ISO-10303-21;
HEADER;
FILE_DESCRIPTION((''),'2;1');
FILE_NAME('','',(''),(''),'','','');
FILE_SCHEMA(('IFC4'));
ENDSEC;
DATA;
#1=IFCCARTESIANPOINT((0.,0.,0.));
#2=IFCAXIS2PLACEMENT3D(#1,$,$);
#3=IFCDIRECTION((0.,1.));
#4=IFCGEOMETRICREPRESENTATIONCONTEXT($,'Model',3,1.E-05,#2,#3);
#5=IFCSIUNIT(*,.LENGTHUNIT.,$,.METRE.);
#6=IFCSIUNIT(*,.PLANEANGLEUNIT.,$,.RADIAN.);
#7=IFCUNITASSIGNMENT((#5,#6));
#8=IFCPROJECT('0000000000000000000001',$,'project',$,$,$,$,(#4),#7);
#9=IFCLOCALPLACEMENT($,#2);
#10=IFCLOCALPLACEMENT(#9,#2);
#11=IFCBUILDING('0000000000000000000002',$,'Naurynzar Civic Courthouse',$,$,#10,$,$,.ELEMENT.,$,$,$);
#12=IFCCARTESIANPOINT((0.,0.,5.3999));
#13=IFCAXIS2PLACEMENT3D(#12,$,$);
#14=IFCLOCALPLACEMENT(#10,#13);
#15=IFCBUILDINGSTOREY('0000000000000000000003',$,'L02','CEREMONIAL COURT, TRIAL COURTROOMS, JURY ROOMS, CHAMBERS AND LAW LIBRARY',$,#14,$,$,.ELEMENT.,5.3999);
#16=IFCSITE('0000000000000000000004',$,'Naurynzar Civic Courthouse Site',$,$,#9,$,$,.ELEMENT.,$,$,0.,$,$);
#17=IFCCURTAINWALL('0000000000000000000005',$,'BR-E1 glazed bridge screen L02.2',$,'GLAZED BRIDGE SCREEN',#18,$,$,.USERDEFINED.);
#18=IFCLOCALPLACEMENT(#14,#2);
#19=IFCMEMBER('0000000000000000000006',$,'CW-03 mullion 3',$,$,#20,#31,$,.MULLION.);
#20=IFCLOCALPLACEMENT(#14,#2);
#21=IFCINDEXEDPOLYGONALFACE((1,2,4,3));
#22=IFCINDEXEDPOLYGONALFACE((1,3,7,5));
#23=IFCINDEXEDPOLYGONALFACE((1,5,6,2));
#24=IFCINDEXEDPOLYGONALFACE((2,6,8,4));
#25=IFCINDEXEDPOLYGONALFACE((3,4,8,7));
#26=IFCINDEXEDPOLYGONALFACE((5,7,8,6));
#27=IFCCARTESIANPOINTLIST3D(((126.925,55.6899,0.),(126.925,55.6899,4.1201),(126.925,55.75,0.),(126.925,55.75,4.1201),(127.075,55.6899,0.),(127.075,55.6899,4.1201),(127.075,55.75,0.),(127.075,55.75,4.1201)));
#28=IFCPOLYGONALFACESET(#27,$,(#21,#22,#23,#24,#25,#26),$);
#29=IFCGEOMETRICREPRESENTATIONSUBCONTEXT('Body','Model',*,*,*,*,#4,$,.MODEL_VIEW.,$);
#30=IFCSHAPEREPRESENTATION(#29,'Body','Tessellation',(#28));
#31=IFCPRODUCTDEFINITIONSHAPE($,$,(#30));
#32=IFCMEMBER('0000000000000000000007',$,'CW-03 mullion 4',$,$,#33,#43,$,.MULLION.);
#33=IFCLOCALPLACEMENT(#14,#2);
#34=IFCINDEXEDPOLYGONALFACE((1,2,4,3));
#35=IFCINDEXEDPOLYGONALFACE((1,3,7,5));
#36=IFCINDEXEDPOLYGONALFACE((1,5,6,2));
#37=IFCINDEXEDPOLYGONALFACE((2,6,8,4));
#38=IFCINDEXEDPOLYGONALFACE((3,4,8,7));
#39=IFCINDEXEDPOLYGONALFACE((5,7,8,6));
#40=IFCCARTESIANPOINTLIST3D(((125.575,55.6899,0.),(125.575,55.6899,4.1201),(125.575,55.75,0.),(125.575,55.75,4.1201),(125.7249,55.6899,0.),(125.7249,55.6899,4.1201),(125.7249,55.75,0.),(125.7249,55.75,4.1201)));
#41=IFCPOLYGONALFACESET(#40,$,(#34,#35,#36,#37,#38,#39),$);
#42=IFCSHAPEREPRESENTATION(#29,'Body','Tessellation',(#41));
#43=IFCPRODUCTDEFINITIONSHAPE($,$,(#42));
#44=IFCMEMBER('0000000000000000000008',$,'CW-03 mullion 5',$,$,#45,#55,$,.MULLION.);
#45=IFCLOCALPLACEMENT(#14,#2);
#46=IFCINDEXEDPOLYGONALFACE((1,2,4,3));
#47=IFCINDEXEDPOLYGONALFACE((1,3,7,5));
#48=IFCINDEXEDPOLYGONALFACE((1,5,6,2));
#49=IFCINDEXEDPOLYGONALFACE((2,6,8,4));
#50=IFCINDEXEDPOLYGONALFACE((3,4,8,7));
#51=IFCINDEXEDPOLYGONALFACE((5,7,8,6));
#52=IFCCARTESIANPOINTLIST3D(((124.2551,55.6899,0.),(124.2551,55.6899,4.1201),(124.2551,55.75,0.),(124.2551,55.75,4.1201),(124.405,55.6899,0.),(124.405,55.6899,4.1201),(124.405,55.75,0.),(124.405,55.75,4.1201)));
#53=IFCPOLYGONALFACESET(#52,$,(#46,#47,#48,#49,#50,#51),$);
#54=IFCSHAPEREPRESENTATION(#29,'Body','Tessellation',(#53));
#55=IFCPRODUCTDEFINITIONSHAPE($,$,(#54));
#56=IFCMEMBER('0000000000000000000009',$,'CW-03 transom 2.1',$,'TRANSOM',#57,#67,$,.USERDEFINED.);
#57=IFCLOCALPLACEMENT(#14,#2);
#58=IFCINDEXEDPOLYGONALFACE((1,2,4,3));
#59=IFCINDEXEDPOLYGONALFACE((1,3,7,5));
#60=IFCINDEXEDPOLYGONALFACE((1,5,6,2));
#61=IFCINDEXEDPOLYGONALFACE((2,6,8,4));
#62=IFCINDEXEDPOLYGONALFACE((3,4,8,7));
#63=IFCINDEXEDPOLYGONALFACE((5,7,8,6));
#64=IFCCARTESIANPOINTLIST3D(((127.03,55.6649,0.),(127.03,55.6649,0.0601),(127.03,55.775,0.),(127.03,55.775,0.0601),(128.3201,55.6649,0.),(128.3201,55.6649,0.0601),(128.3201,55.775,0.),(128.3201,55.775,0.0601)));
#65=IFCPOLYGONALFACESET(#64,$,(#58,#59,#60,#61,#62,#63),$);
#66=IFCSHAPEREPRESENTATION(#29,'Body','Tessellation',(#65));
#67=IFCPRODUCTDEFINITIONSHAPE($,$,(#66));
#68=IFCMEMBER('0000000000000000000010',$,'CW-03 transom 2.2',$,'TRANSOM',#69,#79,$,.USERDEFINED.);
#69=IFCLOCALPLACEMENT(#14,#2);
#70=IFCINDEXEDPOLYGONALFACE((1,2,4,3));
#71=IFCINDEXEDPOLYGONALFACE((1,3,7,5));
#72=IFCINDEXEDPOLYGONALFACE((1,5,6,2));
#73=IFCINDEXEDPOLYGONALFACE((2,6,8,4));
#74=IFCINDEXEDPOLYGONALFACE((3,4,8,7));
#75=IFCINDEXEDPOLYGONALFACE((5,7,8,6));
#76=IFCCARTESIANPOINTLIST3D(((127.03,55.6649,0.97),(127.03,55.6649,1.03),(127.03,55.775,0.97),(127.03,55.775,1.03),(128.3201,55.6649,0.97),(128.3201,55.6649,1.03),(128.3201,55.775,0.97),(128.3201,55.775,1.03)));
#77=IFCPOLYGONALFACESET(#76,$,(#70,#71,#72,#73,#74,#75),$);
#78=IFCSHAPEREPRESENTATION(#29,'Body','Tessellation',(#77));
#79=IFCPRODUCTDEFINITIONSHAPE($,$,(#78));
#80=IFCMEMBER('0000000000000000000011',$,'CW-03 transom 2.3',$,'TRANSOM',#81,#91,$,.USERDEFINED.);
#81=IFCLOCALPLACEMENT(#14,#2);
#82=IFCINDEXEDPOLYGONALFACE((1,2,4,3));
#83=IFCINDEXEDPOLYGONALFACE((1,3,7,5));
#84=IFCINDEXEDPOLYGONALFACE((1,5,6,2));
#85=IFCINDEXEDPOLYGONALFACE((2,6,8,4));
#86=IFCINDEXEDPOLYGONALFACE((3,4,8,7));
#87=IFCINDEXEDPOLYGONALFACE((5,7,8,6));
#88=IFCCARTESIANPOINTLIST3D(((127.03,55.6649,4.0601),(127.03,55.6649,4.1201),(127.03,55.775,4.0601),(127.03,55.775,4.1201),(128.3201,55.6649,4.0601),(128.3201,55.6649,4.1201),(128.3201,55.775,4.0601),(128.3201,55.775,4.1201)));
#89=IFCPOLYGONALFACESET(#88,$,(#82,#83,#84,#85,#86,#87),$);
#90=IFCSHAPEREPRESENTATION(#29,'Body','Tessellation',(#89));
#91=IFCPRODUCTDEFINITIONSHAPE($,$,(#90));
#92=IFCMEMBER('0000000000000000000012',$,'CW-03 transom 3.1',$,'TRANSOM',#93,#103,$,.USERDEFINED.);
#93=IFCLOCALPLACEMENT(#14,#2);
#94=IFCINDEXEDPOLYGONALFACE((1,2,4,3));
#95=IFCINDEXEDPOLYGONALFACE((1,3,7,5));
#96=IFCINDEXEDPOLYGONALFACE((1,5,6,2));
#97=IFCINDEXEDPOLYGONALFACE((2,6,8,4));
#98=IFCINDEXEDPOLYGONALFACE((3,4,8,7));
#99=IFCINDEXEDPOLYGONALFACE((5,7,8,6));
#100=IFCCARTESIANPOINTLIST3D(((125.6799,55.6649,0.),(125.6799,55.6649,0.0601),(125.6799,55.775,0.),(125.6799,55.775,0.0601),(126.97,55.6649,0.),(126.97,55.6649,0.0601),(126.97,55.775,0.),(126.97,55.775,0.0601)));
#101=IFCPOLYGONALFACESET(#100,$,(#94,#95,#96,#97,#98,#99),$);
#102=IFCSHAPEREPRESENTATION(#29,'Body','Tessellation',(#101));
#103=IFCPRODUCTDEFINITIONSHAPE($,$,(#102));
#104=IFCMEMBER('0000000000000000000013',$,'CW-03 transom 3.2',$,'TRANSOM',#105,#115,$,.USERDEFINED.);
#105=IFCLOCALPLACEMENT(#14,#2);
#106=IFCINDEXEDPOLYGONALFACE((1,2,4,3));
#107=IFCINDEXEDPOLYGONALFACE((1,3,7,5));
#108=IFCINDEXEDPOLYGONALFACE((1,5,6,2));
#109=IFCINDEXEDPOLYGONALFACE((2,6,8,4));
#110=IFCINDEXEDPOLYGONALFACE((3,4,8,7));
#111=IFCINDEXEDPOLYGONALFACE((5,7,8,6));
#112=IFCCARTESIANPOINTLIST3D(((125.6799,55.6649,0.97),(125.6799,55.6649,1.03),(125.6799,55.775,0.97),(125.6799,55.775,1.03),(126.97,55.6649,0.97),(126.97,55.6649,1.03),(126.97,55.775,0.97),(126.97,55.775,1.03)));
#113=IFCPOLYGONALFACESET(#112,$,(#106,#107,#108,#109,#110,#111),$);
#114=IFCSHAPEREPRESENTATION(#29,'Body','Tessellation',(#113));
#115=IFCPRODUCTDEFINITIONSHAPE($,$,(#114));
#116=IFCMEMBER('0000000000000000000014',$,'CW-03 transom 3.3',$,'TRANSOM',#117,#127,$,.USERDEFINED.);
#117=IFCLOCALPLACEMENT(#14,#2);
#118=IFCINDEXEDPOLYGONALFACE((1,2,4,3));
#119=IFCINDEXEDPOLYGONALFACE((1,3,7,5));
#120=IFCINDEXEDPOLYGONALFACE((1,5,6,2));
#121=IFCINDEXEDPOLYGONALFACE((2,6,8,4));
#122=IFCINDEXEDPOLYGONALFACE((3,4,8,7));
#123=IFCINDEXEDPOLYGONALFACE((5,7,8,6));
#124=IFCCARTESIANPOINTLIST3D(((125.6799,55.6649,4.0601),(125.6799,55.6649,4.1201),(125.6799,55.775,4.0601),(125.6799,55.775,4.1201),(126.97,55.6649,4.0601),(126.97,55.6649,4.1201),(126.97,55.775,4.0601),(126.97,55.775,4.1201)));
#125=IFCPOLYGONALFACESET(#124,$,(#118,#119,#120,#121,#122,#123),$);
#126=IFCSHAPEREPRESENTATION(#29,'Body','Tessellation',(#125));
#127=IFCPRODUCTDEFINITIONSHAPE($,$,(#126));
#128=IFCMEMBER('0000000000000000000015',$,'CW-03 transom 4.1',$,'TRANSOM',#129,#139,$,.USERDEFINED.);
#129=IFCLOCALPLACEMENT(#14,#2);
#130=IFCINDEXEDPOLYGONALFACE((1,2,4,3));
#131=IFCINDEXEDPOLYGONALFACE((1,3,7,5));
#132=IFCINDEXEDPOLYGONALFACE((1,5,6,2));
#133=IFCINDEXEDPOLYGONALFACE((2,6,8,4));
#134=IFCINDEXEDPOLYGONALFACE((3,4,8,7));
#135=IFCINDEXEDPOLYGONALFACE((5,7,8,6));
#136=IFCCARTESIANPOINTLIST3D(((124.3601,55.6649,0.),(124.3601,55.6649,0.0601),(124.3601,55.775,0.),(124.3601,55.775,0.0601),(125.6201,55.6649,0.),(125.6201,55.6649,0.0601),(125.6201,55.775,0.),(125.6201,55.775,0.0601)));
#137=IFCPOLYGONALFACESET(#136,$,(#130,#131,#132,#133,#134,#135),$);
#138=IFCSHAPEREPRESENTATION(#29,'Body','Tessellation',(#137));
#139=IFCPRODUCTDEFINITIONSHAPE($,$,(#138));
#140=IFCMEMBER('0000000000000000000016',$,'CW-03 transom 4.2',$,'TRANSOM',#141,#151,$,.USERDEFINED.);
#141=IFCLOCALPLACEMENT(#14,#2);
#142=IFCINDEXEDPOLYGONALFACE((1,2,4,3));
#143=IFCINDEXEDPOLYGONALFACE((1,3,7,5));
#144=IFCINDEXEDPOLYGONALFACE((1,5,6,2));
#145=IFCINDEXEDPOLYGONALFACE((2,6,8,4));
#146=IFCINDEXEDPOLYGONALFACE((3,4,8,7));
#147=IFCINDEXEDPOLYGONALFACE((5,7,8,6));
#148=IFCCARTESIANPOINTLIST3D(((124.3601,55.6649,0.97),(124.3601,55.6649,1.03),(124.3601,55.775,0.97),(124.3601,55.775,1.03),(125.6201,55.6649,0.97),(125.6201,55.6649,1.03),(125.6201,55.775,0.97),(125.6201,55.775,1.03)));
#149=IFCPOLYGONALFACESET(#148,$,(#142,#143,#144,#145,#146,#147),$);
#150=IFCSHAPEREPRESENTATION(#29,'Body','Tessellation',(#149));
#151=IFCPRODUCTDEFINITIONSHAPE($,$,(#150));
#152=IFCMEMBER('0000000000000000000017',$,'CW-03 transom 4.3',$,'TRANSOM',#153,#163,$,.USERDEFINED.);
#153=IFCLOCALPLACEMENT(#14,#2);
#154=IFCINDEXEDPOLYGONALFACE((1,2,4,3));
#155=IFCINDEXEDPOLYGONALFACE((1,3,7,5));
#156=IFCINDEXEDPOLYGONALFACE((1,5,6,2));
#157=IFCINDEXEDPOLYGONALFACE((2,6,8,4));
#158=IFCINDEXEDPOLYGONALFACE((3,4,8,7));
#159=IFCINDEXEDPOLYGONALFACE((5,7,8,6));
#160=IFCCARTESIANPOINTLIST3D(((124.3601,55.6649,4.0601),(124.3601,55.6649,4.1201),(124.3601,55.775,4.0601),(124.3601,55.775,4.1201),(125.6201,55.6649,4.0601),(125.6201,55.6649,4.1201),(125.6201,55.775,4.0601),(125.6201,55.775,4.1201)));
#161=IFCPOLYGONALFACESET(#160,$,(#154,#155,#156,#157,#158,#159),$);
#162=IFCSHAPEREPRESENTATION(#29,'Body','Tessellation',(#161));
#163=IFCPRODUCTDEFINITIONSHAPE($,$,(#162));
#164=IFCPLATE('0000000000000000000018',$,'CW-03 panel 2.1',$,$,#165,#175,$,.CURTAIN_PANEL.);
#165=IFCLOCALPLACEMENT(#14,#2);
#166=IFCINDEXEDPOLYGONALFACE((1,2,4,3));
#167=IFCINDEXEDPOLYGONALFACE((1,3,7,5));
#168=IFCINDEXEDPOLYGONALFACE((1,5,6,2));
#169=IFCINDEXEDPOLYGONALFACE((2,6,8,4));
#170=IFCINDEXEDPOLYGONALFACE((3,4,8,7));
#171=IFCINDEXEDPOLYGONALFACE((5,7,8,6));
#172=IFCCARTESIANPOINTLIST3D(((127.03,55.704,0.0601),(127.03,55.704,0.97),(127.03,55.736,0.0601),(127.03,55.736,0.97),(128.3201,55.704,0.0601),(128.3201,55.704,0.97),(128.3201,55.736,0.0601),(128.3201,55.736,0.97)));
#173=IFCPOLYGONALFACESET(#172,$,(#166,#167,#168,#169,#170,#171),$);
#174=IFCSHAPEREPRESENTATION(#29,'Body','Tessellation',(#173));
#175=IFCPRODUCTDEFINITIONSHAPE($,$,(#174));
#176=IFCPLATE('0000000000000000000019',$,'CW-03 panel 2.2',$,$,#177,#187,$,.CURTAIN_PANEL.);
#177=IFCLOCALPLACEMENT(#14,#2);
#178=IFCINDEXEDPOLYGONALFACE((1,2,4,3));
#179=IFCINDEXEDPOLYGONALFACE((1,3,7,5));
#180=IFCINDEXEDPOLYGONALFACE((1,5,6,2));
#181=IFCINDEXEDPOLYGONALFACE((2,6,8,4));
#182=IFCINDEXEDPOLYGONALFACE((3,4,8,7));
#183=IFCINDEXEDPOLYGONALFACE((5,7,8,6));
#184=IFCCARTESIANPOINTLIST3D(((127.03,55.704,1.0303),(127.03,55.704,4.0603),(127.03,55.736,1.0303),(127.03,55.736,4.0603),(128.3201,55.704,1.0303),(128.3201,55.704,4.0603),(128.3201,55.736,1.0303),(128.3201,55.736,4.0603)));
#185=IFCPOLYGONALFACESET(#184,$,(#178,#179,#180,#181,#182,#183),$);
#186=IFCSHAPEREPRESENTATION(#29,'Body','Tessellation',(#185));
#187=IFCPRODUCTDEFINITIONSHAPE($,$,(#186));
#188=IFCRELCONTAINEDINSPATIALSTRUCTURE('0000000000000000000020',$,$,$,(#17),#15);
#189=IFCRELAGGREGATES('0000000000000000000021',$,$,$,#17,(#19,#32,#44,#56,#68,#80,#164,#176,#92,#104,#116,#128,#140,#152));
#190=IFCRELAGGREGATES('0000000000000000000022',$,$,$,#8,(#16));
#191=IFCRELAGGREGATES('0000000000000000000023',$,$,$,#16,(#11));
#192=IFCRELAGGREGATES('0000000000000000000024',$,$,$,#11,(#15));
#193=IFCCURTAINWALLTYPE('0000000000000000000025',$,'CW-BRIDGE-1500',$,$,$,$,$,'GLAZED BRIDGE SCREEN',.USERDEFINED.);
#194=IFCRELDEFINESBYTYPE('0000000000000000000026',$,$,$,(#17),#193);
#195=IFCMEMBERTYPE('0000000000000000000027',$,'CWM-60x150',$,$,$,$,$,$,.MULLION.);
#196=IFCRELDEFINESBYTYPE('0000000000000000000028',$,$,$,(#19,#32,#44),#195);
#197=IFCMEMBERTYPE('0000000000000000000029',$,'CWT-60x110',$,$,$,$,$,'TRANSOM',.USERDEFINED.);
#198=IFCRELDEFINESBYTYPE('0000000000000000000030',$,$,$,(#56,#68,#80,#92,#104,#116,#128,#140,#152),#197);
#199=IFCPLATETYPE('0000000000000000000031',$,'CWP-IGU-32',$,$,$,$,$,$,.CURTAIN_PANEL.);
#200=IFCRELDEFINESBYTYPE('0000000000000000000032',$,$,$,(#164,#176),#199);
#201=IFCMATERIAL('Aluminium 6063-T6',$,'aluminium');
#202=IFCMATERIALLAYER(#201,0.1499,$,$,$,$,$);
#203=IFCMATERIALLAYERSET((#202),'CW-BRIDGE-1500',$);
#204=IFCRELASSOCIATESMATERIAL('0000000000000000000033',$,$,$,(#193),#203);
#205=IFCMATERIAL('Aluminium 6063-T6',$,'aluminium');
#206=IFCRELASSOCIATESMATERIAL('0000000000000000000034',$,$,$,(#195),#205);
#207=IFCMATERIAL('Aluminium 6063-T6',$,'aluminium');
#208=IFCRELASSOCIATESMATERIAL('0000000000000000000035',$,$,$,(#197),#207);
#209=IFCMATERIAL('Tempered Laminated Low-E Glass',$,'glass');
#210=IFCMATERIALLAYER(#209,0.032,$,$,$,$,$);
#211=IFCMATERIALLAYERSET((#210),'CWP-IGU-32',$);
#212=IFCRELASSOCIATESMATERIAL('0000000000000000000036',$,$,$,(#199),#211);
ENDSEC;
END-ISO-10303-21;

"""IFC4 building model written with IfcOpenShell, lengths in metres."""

from ifc_helpers import new_model, si_unit, direction, frame, origin, origin_2d, place, context, subcontext, project, spatial, rectangle, extrude, material, layer, layer_set, material_profile, profile_set, type_object, element, aggregate, save


model = new_model("IFC4")

# Units and contexts
model_context = context("Model", 3, precision=1e-05, world=origin(), true_north=direction((0.0, 1.0)))
body_context = subcontext(model_context, "Body", "Model", "MODEL_VIEW")
ifc_project = project(units=[si_unit("LENGTHUNIT", "METRE"), si_unit("PLANEANGLEUNIT", "RADIAN")], contexts=[model_context])

# Site, building, storey
site_placement = place(None, origin())
site = spatial("IfcSite", under=ifc_project, at=site_placement, Name="Naurynzar Civic Courthouse Site", CompositionType="ELEMENT", RefElevation=0.0)
building_placement = place(site_placement, origin())
building = spatial("IfcBuilding", under=site, at=building_placement, Name="Naurynzar Civic Courthouse", CompositionType="ELEMENT")
storey_placement = place(building_placement, frame((0.0, 0.0, 5.3999)))
storey = spatial("IfcBuildingStorey", under=building, at=storey_placement, Name="L02", Description="CEREMONIAL COURT, TRIAL COURTROOMS, JURY ROOMS, CHAMBERS AND LAW LIBRARY", CompositionType="ELEMENT", Elevation=5.3999)

# Curtain wall, members, plates
ifc_material_1 = material(Name="Aluminium 6063-T6", Category="aluminium")
ifc_layer_1 = layer(ifc_material_1, 0.1499)
ifc_layer_set_1 = layer_set([ifc_layer_1], Name="CW-BRIDGE-1500")
curtain_wall_type = type_object("IfcCurtainWallType", Name="CW-BRIDGE-1500", ElementType="GLAZED BRIDGE SCREEN", PredefinedType="USERDEFINED", material=ifc_layer_set_1)
curtain_wall_placement = place(storey_placement, origin())
curtain_wall = element("IfcCurtainWall", 1, at=curtain_wall_placement, inside=storey, type_object=curtain_wall_type, Name="BR-E1 glazed bridge screen L02.2", ObjectType="GLAZED BRIDGE SCREEN", PredefinedType="USERDEFINED")
ifc_material_2 = material(Name="Aluminium 6063-T6", Category="aluminium")
ifc_material_profile_1 = material_profile(ifc_material_2, rectangle(XDim=0.0601, YDim=0.1499, at=origin_2d()), Name="ALU MULLION 60x150")
ifc_profile_set_1 = profile_set([ifc_material_profile_1], Name="Aluminium 6063-T6")
member_type_1 = type_object("IfcMemberType", Name="CWM-60x150", PredefinedType="MULLION", material=ifc_profile_set_1)
member_1_placement = place(storey_placement, frame((127.0, 55.72, 0.0), z_axis=(0.0, 0.0, 1.0), x_axis=(0.0, -1.0, 0.0)))
member_1 = element("IfcMember", 2, at=member_1_placement, type_object=member_type_1, Name="CW-03 mullion 3", PredefinedType="MULLION", context=body_context, shape_type="SweptSolid", body=[
    extrude(rectangle(XDim=0.0601, YDim=0.1499, at=origin_2d()), origin(), (0.0, 0.0, 1.0), 4.1201),
])
member_2_placement = place(storey_placement, frame((125.6499, 55.72, 0.0), z_axis=(0.0, 0.0, 1.0), x_axis=(0.0, -1.0, 0.0)))
member_2 = element("IfcMember", 3, at=member_2_placement, type_object=member_type_1, Name="CW-03 mullion 4", PredefinedType="MULLION", context=body_context, shape_type="SweptSolid", body=[
    extrude(rectangle(XDim=0.0601, YDim=0.1499, at=origin_2d()), origin(), (0.0, 0.0, 1.0), 4.1201),
])
member_3_placement = place(storey_placement, frame((124.3301, 55.72, 0.0), z_axis=(0.0, 0.0, 1.0), x_axis=(0.0, -1.0, 0.0)))
member_3 = element("IfcMember", 4, at=member_3_placement, type_object=member_type_1, Name="CW-03 mullion 5", PredefinedType="MULLION", context=body_context, shape_type="SweptSolid", body=[
    extrude(rectangle(XDim=0.0601, YDim=0.1499, at=origin_2d()), origin(), (0.0, 0.0, 1.0), 4.1201),
])
ifc_material_3 = material(Name="Aluminium 6063-T6", Category="aluminium")
ifc_material_profile_2 = material_profile(ifc_material_3, rectangle(XDim=0.1101, YDim=0.0601, at=origin_2d()), Name="ALU TRANSOM 60x110")
ifc_profile_set_2 = profile_set([ifc_material_profile_2], Name="Aluminium 6063-T6")
member_type_2 = type_object("IfcMemberType", Name="CWT-60x110", ElementType="TRANSOM", PredefinedType="USERDEFINED", material=ifc_profile_set_2)
member_4_placement = place(storey_placement, frame((128.3201, 55.72, 0.03), z_axis=(-1.0, 0.0, 0.0), x_axis=(0.0, -1.0, 0.0)))
member_4 = element("IfcMember", 5, at=member_4_placement, type_object=member_type_2, Name="CW-03 transom 2.1", ObjectType="TRANSOM", PredefinedType="USERDEFINED", context=body_context, shape_type="SweptSolid", body=[
    extrude(rectangle(XDim=0.1101, YDim=0.0601, at=origin_2d()), origin(), (0.0, 0.0, 1.0), 1.29),
])
member_5_placement = place(storey_placement, frame((128.3201, 55.72, 1.0), z_axis=(-1.0, 0.0, 0.0), x_axis=(0.0, -1.0, 0.0)))
member_5 = element("IfcMember", 6, at=member_5_placement, type_object=member_type_2, Name="CW-03 transom 2.2", ObjectType="TRANSOM", PredefinedType="USERDEFINED", context=body_context, shape_type="SweptSolid", body=[
    extrude(rectangle(XDim=0.1101, YDim=0.0601, at=origin_2d()), origin(), (0.0, 0.0, 1.0), 1.29),
])
member_6_placement = place(storey_placement, frame((128.3201, 55.72, 4.0901), z_axis=(-1.0, 0.0, 0.0), x_axis=(0.0, -1.0, 0.0)))
member_6 = element("IfcMember", 7, at=member_6_placement, type_object=member_type_2, Name="CW-03 transom 2.3", ObjectType="TRANSOM", PredefinedType="USERDEFINED", context=body_context, shape_type="SweptSolid", body=[
    extrude(rectangle(XDim=0.1101, YDim=0.0601, at=origin_2d()), origin(), (0.0, 0.0, 1.0), 1.29),
])
member_7_placement = place(storey_placement, frame((126.97, 55.72, 0.03), z_axis=(-1.0, 0.0, 0.0), x_axis=(0.0, -1.0, 0.0)))
member_7 = element("IfcMember", 8, at=member_7_placement, type_object=member_type_2, Name="CW-03 transom 3.1", ObjectType="TRANSOM", PredefinedType="USERDEFINED", context=body_context, shape_type="SweptSolid", body=[
    extrude(rectangle(XDim=0.1101, YDim=0.0601, at=origin_2d()), origin(), (0.0, 0.0, 1.0), 1.29),
])
member_8_placement = place(storey_placement, frame((126.97, 55.72, 1.0), z_axis=(-1.0, 0.0, 0.0), x_axis=(0.0, -1.0, 0.0)))
member_8 = element("IfcMember", 9, at=member_8_placement, type_object=member_type_2, Name="CW-03 transom 3.2", ObjectType="TRANSOM", PredefinedType="USERDEFINED", context=body_context, shape_type="SweptSolid", body=[
    extrude(rectangle(XDim=0.1101, YDim=0.0601, at=origin_2d()), origin(), (0.0, 0.0, 1.0), 1.29),
])
member_9_placement = place(storey_placement, frame((126.97, 55.72, 4.0901), z_axis=(-1.0, 0.0, 0.0), x_axis=(0.0, -1.0, 0.0)))
member_9 = element("IfcMember", 10, at=member_9_placement, type_object=member_type_2, Name="CW-03 transom 3.3", ObjectType="TRANSOM", PredefinedType="USERDEFINED", context=body_context, shape_type="SweptSolid", body=[
    extrude(rectangle(XDim=0.1101, YDim=0.0601, at=origin_2d()), origin(), (0.0, 0.0, 1.0), 1.29),
])
member_10_placement = place(storey_placement, frame((125.6201, 55.72, 0.03), z_axis=(-1.0, 0.0, 0.0), x_axis=(0.0, -1.0, 0.0)))
member_10 = element("IfcMember", 11, at=member_10_placement, type_object=member_type_2, Name="CW-03 transom 4.1", ObjectType="TRANSOM", PredefinedType="USERDEFINED", context=body_context, shape_type="SweptSolid", body=[
    extrude(rectangle(XDim=0.1101, YDim=0.0601, at=origin_2d()), origin(), (0.0, 0.0, 1.0), 1.26),
])
member_11_placement = place(storey_placement, frame((125.6201, 55.72, 1.0), z_axis=(-1.0, 0.0, 0.0), x_axis=(0.0, -1.0, 0.0)))
member_11 = element("IfcMember", 12, at=member_11_placement, type_object=member_type_2, Name="CW-03 transom 4.2", ObjectType="TRANSOM", PredefinedType="USERDEFINED", context=body_context, shape_type="SweptSolid", body=[
    extrude(rectangle(XDim=0.1101, YDim=0.0601, at=origin_2d()), origin(), (0.0, 0.0, 1.0), 1.26),
])
member_12_placement = place(storey_placement, frame((125.6201, 55.72, 4.0901), z_axis=(-1.0, 0.0, 0.0), x_axis=(0.0, -1.0, 0.0)))
member_12 = element("IfcMember", 13, at=member_12_placement, type_object=member_type_2, Name="CW-03 transom 4.3", ObjectType="TRANSOM", PredefinedType="USERDEFINED", context=body_context, shape_type="SweptSolid", body=[
    extrude(rectangle(XDim=0.1101, YDim=0.0601, at=origin_2d()), origin(), (0.0, 0.0, 1.0), 1.26),
])
ifc_material_4 = material(Name="Tempered Laminated Low-E Glass", Category="glass")
ifc_layer_2 = layer(ifc_material_4, 0.032)
ifc_layer_set_2 = layer_set([ifc_layer_2], Name="CWP-IGU-32")
plate_type = type_object("IfcPlateType", Name="CWP-IGU-32", PredefinedType="CURTAIN_PANEL", material=ifc_layer_set_2)
plate_1_placement = place(storey_placement, frame((127.675, 55.72, 0.0601), z_axis=(0.0, 0.0, 1.0), x_axis=(-1.0, 0.0, 0.0)))
plate_1 = element("IfcPlate", 14, at=plate_1_placement, type_object=plate_type, Name="CW-03 panel 2.1", PredefinedType="CURTAIN_PANEL", context=body_context, shape_type="SweptSolid", body=[
    extrude(rectangle(XDim=1.29, YDim=0.032, at=origin_2d()), origin(), (0.0, 0.0, 1.0), 0.9099),
])
plate_2_placement = place(storey_placement, frame((127.675, 55.72, 1.0303), z_axis=(0.0, 0.0, 1.0), x_axis=(-1.0, 0.0, 0.0)))
plate_2 = element("IfcPlate", 15, at=plate_2_placement, type_object=plate_type, Name="CW-03 panel 2.2", PredefinedType="CURTAIN_PANEL", context=body_context, shape_type="SweptSolid", body=[
    extrude(rectangle(XDim=1.29, YDim=0.032, at=origin_2d()), origin(), (0.0, 0.0, 1.0), 3.03),
])
aggregate(curtain_wall, [member_1, member_2, member_3, member_4, member_5, member_6, plate_1, plate_2, member_7, member_8, member_9, member_10, member_11, member_12])

save(model, "model.ifc")
